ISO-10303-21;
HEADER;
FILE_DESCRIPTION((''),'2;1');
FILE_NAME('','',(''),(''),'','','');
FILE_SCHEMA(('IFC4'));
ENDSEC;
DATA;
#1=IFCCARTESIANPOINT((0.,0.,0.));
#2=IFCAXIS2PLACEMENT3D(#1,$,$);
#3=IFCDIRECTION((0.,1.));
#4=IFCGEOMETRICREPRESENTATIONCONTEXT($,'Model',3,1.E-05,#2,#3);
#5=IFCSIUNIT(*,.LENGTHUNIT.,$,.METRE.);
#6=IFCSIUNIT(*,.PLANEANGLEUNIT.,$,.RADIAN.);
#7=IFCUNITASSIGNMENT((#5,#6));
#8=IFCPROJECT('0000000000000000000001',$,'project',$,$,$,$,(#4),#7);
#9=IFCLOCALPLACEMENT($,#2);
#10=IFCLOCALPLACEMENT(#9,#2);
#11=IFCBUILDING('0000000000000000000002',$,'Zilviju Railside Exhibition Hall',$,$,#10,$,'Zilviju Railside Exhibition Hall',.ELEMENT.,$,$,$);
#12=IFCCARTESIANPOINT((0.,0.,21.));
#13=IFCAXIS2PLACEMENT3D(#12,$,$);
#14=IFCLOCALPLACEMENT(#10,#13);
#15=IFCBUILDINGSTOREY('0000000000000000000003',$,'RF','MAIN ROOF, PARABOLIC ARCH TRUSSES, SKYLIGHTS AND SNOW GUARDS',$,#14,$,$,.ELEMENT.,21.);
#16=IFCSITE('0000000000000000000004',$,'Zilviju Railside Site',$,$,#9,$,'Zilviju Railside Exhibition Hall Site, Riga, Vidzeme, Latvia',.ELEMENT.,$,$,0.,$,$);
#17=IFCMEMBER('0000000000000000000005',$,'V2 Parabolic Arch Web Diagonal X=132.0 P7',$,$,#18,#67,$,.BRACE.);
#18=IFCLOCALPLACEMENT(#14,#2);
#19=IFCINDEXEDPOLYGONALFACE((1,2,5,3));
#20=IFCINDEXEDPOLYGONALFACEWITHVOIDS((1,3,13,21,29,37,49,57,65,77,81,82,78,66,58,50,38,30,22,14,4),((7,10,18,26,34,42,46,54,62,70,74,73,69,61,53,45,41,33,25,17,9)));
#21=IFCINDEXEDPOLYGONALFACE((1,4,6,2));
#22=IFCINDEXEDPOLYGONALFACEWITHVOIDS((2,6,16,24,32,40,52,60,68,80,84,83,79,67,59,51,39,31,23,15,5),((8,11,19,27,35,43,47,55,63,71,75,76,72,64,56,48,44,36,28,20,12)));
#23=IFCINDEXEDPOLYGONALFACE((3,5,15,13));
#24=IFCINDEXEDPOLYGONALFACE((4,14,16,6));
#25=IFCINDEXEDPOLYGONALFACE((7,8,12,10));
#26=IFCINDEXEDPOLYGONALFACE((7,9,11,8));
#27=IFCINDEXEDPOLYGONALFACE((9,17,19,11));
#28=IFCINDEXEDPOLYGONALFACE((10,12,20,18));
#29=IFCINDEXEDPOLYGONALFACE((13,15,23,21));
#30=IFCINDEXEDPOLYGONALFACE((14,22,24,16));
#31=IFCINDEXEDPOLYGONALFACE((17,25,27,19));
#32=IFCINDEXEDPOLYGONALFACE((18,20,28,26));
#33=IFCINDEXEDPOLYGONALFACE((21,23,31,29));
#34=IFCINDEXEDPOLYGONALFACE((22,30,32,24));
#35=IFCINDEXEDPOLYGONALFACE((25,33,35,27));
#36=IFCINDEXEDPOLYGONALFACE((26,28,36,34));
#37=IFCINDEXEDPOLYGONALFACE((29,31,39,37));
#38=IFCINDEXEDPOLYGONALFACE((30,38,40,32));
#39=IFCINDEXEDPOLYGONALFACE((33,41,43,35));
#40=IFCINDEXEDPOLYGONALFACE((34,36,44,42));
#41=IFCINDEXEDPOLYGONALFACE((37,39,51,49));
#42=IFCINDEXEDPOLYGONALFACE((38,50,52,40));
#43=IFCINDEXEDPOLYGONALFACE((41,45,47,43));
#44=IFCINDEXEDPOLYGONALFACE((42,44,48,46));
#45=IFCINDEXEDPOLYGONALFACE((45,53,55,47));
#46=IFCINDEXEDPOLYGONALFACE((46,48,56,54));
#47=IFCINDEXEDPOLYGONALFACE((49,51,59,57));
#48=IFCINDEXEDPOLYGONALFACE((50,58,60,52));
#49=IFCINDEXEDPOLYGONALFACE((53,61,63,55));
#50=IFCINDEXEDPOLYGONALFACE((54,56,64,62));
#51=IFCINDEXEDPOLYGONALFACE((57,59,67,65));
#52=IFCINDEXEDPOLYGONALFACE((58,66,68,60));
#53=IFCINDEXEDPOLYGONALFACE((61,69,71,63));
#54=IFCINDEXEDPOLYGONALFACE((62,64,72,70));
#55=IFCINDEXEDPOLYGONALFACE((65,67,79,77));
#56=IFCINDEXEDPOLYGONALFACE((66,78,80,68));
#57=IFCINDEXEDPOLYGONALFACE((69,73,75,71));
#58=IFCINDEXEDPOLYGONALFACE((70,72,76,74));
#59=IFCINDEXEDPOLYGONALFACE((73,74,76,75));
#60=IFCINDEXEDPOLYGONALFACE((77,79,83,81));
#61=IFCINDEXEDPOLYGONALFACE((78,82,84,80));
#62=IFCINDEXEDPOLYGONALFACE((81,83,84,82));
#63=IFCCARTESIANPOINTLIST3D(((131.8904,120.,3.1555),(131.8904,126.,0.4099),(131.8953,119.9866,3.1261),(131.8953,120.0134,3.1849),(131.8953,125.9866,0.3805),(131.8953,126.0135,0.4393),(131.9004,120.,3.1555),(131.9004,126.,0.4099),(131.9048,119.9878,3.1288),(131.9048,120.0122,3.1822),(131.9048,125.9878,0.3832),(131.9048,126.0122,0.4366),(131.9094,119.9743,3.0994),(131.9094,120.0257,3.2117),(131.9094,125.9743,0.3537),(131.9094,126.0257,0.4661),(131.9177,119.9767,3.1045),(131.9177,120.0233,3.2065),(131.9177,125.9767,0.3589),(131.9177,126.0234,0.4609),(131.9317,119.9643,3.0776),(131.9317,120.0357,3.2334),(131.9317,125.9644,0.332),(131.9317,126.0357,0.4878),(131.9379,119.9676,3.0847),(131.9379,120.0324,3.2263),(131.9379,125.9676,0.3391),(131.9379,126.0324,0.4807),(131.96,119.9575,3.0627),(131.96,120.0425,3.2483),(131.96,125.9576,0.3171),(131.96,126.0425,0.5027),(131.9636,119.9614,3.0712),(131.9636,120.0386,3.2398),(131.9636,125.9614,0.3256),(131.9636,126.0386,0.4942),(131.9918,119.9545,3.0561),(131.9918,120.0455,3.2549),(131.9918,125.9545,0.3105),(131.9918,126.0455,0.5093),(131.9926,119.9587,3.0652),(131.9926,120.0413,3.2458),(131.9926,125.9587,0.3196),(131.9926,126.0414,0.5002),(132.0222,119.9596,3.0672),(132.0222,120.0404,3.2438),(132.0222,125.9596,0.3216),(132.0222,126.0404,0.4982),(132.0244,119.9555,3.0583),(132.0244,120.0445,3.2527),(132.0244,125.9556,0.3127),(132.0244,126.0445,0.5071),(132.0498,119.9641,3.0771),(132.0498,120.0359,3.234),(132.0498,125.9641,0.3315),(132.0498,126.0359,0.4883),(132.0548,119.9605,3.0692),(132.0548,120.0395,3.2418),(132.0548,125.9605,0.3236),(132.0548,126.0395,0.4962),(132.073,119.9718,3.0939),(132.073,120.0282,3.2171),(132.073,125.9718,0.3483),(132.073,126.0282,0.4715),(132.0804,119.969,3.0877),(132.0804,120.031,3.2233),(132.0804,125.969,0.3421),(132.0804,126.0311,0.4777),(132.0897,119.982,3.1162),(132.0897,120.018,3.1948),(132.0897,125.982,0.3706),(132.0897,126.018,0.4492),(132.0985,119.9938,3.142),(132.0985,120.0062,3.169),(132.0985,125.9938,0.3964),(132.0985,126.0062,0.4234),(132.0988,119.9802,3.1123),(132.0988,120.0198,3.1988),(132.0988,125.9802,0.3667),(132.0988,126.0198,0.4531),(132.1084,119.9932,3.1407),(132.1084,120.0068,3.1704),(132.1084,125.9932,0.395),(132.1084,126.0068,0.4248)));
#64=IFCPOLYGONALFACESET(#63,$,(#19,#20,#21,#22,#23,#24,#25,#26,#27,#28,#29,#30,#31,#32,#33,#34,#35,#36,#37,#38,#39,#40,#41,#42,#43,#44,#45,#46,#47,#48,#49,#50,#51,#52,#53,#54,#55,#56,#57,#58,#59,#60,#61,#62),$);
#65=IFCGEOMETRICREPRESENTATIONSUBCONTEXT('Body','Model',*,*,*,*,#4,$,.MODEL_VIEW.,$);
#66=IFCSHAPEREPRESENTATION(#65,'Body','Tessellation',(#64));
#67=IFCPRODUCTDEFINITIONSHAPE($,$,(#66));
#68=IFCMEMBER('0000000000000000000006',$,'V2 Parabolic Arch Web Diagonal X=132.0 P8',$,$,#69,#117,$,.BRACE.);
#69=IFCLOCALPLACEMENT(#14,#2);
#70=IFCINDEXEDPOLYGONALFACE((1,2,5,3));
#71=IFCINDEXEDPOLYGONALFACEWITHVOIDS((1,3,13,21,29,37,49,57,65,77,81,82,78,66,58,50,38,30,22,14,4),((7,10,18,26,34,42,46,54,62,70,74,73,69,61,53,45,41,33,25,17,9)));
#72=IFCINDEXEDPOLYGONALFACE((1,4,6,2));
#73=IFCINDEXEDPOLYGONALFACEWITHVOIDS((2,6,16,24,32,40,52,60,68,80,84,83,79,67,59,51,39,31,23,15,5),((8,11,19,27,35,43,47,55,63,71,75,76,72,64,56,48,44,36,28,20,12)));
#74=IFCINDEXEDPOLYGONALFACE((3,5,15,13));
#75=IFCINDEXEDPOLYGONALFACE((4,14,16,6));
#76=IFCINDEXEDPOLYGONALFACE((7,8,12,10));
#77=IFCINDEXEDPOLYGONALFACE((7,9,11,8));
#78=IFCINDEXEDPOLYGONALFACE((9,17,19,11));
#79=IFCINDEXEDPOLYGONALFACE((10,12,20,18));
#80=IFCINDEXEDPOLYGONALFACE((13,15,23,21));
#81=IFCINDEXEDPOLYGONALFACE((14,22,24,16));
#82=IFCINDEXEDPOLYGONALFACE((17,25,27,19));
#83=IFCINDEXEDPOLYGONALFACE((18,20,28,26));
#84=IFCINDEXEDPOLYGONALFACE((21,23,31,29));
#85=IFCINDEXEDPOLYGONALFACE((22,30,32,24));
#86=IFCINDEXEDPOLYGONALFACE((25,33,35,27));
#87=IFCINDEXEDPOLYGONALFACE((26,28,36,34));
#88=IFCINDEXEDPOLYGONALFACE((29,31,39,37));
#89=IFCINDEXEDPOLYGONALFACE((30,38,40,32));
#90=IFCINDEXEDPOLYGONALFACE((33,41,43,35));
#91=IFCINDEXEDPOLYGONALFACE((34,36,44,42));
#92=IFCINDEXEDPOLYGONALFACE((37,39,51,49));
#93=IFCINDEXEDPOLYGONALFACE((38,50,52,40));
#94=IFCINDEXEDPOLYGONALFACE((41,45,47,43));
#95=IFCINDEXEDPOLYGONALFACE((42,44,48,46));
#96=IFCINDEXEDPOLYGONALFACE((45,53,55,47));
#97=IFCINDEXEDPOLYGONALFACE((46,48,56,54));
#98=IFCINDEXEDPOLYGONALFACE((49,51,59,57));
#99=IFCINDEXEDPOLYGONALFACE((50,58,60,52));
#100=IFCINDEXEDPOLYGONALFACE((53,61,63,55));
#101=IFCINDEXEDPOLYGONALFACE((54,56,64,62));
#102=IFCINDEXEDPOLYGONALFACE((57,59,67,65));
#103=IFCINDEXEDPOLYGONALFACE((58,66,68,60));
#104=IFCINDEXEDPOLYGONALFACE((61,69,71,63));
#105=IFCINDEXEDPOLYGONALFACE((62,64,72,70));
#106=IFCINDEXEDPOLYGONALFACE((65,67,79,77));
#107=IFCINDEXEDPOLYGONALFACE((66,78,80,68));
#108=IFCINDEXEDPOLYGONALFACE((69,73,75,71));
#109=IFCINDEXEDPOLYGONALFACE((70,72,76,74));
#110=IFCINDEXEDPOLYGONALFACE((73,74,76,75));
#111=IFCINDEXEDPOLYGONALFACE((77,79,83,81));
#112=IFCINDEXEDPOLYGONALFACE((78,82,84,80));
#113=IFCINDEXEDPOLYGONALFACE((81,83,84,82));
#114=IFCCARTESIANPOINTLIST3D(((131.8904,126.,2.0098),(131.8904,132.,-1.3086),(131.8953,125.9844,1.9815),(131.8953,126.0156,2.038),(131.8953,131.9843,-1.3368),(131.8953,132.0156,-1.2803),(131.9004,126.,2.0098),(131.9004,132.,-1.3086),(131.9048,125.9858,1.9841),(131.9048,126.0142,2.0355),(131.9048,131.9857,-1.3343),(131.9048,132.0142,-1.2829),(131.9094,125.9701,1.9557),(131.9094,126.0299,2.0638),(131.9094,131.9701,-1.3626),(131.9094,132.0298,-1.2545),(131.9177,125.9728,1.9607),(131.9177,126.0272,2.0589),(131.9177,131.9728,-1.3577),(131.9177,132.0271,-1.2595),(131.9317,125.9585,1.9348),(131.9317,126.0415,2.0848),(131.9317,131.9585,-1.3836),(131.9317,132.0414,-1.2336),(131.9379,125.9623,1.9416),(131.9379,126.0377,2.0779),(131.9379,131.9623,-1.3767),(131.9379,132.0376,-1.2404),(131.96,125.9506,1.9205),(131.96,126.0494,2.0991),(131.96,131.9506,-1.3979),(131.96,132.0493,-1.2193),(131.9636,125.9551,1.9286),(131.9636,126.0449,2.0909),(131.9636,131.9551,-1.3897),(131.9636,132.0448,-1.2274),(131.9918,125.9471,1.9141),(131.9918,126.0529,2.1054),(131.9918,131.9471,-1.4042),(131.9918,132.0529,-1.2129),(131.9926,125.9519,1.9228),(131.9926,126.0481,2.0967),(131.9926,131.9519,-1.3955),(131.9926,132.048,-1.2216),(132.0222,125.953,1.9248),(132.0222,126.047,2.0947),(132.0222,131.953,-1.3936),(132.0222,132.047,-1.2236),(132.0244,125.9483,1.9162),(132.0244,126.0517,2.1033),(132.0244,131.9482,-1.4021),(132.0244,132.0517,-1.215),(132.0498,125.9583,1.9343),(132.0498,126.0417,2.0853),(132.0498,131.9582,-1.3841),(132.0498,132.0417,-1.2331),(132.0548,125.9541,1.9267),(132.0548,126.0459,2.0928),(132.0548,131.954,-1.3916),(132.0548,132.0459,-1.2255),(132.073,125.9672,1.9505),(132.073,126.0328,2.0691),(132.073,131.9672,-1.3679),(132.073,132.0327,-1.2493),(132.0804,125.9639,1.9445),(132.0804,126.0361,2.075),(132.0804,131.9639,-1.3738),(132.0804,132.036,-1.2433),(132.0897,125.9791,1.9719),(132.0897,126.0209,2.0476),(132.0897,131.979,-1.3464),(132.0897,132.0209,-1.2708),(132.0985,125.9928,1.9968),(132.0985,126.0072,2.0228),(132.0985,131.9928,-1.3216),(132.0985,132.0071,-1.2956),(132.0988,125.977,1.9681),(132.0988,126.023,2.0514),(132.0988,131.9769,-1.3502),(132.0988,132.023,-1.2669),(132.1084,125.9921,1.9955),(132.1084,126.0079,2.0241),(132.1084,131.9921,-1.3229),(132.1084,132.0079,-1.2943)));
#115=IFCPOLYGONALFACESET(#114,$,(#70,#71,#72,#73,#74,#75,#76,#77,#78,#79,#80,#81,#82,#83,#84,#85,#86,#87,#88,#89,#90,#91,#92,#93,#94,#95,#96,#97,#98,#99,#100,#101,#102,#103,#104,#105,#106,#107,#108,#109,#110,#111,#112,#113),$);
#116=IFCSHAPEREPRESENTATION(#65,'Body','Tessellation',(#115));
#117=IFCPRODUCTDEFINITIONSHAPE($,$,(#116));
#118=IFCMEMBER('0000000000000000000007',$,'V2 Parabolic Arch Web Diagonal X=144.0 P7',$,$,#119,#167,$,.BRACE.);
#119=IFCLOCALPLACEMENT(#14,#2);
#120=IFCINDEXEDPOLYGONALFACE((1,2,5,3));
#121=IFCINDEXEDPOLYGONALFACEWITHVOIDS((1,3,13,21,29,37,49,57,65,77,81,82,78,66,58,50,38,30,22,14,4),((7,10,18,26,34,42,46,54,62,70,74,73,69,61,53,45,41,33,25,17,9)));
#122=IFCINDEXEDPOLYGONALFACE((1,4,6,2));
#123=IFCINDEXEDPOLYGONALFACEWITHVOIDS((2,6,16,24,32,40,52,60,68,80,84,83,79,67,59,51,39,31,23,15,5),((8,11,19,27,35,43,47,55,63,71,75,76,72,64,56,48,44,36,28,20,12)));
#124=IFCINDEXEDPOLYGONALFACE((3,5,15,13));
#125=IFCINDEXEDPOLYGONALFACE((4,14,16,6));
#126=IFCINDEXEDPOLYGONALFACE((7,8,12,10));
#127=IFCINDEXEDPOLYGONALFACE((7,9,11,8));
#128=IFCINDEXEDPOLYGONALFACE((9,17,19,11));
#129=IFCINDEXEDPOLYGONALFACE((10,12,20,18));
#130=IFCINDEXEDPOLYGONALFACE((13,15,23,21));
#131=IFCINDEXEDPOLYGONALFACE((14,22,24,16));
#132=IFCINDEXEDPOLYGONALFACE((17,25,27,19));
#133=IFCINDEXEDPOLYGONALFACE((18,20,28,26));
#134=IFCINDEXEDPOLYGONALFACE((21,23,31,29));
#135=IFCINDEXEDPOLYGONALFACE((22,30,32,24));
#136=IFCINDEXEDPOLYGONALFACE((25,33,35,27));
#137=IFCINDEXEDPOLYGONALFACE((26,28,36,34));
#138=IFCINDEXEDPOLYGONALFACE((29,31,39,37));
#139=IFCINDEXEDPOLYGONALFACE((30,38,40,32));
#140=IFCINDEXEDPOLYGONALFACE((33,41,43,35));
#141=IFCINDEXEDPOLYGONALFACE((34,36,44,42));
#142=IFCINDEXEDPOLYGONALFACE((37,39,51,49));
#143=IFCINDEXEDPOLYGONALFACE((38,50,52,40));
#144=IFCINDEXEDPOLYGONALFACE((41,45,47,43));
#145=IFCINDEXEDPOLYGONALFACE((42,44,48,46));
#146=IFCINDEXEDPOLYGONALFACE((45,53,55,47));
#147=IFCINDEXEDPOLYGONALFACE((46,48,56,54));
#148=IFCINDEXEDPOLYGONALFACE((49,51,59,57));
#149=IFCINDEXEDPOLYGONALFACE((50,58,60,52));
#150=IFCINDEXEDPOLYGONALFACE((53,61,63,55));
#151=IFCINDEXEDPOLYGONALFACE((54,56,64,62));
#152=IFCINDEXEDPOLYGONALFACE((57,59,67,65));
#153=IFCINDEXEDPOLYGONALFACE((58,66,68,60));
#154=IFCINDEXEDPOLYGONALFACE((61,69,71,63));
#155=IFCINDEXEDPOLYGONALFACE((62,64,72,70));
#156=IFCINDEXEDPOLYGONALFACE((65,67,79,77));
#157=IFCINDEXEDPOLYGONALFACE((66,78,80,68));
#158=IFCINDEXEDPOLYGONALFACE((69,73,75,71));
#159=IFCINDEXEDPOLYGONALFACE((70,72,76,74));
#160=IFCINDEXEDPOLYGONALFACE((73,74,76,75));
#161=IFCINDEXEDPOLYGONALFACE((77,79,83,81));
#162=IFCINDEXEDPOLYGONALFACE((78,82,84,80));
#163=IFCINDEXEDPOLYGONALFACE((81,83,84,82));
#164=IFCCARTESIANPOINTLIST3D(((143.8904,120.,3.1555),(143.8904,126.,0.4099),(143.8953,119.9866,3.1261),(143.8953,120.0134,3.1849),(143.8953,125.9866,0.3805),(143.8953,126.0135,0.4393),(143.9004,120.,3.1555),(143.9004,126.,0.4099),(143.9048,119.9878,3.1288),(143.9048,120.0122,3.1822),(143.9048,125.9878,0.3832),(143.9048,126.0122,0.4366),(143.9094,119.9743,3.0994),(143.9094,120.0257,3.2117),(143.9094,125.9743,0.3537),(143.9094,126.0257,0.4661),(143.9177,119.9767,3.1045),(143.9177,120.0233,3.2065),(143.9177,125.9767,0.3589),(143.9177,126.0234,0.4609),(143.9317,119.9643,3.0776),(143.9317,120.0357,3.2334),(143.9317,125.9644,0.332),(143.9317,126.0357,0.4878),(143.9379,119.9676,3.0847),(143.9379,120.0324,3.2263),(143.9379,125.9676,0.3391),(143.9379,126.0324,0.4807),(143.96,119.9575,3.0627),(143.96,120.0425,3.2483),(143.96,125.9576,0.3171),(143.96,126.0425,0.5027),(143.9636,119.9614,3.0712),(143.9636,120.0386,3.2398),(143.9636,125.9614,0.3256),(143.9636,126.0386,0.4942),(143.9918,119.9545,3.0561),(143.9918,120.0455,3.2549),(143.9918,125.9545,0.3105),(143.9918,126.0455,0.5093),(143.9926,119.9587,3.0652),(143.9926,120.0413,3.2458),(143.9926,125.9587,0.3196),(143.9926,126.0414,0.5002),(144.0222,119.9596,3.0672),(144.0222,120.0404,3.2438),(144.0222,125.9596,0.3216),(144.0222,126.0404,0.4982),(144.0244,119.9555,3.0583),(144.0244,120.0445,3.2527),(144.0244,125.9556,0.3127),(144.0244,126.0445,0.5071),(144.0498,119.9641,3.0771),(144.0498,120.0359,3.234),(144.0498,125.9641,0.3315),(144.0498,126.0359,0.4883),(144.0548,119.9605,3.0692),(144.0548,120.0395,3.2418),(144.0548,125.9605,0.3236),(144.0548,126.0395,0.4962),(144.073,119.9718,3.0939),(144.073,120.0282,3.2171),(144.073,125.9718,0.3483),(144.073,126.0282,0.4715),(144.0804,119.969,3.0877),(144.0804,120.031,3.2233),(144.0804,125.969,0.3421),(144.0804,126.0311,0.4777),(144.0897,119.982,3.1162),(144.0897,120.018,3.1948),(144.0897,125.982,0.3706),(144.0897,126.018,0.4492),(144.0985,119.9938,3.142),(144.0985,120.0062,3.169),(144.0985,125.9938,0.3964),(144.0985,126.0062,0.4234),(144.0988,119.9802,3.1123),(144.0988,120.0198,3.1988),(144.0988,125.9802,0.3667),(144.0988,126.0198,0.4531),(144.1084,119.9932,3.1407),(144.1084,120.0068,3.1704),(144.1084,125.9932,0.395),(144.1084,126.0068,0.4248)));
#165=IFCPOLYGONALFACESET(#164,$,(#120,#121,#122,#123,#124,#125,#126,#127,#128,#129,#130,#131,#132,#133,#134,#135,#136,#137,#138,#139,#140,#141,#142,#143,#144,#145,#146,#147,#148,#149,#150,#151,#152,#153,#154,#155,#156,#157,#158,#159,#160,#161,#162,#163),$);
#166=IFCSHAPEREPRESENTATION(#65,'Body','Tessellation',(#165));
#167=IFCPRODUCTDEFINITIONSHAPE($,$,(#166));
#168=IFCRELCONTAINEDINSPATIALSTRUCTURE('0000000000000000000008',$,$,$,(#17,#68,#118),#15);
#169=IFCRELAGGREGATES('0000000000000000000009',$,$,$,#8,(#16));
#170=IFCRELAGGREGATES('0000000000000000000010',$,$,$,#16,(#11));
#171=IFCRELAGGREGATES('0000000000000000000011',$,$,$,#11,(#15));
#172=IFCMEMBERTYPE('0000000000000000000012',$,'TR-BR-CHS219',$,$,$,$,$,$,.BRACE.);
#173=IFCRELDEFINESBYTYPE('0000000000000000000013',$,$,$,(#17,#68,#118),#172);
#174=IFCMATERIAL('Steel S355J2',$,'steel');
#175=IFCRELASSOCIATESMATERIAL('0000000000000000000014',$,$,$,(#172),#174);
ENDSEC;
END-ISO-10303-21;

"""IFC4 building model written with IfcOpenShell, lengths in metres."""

from ifc_helpers import new_model, si_unit, direction, frame, origin, origin_2d, place, context, subcontext, project, spatial, hollow_circle, extrude, material, material_profile, profile_set, type_object, element, save


model = new_model("IFC4")

# Units and contexts
model_context = context("Model", 3, precision=1e-05, world=origin(), true_north=direction((0.0, 1.0)))
body_context = subcontext(model_context, "Body", "Model", "MODEL_VIEW")
ifc_project = project(units=[si_unit("LENGTHUNIT", "METRE"), si_unit("PLANEANGLEUNIT", "RADIAN")], contexts=[model_context])

# Site, building, storey
site_placement = place(None, origin())
site = spatial("IfcSite", under=ifc_project, at=site_placement, Name="Zilviju Railside Site", LongName="Zilviju Railside Exhibition Hall Site, Riga, Vidzeme, Latvia", CompositionType="ELEMENT", RefElevation=0.0)
building_placement = place(site_placement, origin())
building = spatial("IfcBuilding", under=site, at=building_placement, Name="Zilviju Railside Exhibition Hall", LongName="Zilviju Railside Exhibition Hall", CompositionType="ELEMENT")
storey_placement = place(building_placement, frame((0.0, 0.0, 21.0)))
storey = spatial("IfcBuildingStorey", under=building, at=storey_placement, Name="RF", Description="MAIN ROOF, PARABOLIC ARCH TRUSSES, SKYLIGHTS AND SNOW GUARDS", CompositionType="ELEMENT", Elevation=21.0)

# Members
ifc_material_1 = material(Name="Steel S355J2", Category="steel")
ifc_material_profile_1 = material_profile(ifc_material_1, hollow_circle(Radius=0.1096, WallThickness=0.01, at=origin_2d()), Name="CHS 219.1x10.0")
ifc_profile_set_1 = profile_set([ifc_material_profile_1], Name="Steel S355J2")
member_type_1 = type_object("IfcMemberType", Name="TR-BR-CHS219", PredefinedType="BRACE", material=ifc_profile_set_1)
member_1_placement = place(storey_placement, frame((132.0, 120.0, 3.1555), z_axis=(0.0, 0.909317, -0.416104), x_axis=(-1.0, 0.0, 0.0)))
element("IfcMember", 1, at=member_1_placement, inside=storey, type_object=member_type_1, Name="V2 Parabolic Arch Web Diagonal X=132.0 P7", PredefinedType="BRACE", context=body_context, shape_type="SweptSolid", body=[
    extrude(hollow_circle(Radius=0.1096, WallThickness=0.01, at=origin_2d()), origin(), (0.0, 0.0, 1.0), 6.5984),
])
member_2_placement = place(storey_placement, frame((132.0, 126.0, 2.0098), z_axis=(0.0, 0.875083, -0.483973), x_axis=(-1.0, 0.0, 0.0)))
element("IfcMember", 2, at=member_2_placement, inside=storey, type_object=member_type_1, Name="V2 Parabolic Arch Web Diagonal X=132.0 P8", PredefinedType="BRACE", context=body_context, shape_type="SweptSolid", body=[
    extrude(hollow_circle(Radius=0.1096, WallThickness=0.01, at=origin_2d()), origin(), (0.0, 0.0, 1.0), 6.8564),
])
member_3_placement = place(storey_placement, frame((144.0, 120.0, 3.1555), z_axis=(0.0, 0.909317, -0.416104), x_axis=(-1.0, 0.0, 0.0)))
element("IfcMember", 3, at=member_3_placement, inside=storey, type_object=member_type_1, Name="V2 Parabolic Arch Web Diagonal X=144.0 P7", PredefinedType="BRACE", context=body_context, shape_type="SweptSolid", body=[
    extrude(hollow_circle(Radius=0.1096, WallThickness=0.01, at=origin_2d()), origin(), (0.0, 0.0, 1.0), 6.5984),
])

save(model, "model.ifc")
